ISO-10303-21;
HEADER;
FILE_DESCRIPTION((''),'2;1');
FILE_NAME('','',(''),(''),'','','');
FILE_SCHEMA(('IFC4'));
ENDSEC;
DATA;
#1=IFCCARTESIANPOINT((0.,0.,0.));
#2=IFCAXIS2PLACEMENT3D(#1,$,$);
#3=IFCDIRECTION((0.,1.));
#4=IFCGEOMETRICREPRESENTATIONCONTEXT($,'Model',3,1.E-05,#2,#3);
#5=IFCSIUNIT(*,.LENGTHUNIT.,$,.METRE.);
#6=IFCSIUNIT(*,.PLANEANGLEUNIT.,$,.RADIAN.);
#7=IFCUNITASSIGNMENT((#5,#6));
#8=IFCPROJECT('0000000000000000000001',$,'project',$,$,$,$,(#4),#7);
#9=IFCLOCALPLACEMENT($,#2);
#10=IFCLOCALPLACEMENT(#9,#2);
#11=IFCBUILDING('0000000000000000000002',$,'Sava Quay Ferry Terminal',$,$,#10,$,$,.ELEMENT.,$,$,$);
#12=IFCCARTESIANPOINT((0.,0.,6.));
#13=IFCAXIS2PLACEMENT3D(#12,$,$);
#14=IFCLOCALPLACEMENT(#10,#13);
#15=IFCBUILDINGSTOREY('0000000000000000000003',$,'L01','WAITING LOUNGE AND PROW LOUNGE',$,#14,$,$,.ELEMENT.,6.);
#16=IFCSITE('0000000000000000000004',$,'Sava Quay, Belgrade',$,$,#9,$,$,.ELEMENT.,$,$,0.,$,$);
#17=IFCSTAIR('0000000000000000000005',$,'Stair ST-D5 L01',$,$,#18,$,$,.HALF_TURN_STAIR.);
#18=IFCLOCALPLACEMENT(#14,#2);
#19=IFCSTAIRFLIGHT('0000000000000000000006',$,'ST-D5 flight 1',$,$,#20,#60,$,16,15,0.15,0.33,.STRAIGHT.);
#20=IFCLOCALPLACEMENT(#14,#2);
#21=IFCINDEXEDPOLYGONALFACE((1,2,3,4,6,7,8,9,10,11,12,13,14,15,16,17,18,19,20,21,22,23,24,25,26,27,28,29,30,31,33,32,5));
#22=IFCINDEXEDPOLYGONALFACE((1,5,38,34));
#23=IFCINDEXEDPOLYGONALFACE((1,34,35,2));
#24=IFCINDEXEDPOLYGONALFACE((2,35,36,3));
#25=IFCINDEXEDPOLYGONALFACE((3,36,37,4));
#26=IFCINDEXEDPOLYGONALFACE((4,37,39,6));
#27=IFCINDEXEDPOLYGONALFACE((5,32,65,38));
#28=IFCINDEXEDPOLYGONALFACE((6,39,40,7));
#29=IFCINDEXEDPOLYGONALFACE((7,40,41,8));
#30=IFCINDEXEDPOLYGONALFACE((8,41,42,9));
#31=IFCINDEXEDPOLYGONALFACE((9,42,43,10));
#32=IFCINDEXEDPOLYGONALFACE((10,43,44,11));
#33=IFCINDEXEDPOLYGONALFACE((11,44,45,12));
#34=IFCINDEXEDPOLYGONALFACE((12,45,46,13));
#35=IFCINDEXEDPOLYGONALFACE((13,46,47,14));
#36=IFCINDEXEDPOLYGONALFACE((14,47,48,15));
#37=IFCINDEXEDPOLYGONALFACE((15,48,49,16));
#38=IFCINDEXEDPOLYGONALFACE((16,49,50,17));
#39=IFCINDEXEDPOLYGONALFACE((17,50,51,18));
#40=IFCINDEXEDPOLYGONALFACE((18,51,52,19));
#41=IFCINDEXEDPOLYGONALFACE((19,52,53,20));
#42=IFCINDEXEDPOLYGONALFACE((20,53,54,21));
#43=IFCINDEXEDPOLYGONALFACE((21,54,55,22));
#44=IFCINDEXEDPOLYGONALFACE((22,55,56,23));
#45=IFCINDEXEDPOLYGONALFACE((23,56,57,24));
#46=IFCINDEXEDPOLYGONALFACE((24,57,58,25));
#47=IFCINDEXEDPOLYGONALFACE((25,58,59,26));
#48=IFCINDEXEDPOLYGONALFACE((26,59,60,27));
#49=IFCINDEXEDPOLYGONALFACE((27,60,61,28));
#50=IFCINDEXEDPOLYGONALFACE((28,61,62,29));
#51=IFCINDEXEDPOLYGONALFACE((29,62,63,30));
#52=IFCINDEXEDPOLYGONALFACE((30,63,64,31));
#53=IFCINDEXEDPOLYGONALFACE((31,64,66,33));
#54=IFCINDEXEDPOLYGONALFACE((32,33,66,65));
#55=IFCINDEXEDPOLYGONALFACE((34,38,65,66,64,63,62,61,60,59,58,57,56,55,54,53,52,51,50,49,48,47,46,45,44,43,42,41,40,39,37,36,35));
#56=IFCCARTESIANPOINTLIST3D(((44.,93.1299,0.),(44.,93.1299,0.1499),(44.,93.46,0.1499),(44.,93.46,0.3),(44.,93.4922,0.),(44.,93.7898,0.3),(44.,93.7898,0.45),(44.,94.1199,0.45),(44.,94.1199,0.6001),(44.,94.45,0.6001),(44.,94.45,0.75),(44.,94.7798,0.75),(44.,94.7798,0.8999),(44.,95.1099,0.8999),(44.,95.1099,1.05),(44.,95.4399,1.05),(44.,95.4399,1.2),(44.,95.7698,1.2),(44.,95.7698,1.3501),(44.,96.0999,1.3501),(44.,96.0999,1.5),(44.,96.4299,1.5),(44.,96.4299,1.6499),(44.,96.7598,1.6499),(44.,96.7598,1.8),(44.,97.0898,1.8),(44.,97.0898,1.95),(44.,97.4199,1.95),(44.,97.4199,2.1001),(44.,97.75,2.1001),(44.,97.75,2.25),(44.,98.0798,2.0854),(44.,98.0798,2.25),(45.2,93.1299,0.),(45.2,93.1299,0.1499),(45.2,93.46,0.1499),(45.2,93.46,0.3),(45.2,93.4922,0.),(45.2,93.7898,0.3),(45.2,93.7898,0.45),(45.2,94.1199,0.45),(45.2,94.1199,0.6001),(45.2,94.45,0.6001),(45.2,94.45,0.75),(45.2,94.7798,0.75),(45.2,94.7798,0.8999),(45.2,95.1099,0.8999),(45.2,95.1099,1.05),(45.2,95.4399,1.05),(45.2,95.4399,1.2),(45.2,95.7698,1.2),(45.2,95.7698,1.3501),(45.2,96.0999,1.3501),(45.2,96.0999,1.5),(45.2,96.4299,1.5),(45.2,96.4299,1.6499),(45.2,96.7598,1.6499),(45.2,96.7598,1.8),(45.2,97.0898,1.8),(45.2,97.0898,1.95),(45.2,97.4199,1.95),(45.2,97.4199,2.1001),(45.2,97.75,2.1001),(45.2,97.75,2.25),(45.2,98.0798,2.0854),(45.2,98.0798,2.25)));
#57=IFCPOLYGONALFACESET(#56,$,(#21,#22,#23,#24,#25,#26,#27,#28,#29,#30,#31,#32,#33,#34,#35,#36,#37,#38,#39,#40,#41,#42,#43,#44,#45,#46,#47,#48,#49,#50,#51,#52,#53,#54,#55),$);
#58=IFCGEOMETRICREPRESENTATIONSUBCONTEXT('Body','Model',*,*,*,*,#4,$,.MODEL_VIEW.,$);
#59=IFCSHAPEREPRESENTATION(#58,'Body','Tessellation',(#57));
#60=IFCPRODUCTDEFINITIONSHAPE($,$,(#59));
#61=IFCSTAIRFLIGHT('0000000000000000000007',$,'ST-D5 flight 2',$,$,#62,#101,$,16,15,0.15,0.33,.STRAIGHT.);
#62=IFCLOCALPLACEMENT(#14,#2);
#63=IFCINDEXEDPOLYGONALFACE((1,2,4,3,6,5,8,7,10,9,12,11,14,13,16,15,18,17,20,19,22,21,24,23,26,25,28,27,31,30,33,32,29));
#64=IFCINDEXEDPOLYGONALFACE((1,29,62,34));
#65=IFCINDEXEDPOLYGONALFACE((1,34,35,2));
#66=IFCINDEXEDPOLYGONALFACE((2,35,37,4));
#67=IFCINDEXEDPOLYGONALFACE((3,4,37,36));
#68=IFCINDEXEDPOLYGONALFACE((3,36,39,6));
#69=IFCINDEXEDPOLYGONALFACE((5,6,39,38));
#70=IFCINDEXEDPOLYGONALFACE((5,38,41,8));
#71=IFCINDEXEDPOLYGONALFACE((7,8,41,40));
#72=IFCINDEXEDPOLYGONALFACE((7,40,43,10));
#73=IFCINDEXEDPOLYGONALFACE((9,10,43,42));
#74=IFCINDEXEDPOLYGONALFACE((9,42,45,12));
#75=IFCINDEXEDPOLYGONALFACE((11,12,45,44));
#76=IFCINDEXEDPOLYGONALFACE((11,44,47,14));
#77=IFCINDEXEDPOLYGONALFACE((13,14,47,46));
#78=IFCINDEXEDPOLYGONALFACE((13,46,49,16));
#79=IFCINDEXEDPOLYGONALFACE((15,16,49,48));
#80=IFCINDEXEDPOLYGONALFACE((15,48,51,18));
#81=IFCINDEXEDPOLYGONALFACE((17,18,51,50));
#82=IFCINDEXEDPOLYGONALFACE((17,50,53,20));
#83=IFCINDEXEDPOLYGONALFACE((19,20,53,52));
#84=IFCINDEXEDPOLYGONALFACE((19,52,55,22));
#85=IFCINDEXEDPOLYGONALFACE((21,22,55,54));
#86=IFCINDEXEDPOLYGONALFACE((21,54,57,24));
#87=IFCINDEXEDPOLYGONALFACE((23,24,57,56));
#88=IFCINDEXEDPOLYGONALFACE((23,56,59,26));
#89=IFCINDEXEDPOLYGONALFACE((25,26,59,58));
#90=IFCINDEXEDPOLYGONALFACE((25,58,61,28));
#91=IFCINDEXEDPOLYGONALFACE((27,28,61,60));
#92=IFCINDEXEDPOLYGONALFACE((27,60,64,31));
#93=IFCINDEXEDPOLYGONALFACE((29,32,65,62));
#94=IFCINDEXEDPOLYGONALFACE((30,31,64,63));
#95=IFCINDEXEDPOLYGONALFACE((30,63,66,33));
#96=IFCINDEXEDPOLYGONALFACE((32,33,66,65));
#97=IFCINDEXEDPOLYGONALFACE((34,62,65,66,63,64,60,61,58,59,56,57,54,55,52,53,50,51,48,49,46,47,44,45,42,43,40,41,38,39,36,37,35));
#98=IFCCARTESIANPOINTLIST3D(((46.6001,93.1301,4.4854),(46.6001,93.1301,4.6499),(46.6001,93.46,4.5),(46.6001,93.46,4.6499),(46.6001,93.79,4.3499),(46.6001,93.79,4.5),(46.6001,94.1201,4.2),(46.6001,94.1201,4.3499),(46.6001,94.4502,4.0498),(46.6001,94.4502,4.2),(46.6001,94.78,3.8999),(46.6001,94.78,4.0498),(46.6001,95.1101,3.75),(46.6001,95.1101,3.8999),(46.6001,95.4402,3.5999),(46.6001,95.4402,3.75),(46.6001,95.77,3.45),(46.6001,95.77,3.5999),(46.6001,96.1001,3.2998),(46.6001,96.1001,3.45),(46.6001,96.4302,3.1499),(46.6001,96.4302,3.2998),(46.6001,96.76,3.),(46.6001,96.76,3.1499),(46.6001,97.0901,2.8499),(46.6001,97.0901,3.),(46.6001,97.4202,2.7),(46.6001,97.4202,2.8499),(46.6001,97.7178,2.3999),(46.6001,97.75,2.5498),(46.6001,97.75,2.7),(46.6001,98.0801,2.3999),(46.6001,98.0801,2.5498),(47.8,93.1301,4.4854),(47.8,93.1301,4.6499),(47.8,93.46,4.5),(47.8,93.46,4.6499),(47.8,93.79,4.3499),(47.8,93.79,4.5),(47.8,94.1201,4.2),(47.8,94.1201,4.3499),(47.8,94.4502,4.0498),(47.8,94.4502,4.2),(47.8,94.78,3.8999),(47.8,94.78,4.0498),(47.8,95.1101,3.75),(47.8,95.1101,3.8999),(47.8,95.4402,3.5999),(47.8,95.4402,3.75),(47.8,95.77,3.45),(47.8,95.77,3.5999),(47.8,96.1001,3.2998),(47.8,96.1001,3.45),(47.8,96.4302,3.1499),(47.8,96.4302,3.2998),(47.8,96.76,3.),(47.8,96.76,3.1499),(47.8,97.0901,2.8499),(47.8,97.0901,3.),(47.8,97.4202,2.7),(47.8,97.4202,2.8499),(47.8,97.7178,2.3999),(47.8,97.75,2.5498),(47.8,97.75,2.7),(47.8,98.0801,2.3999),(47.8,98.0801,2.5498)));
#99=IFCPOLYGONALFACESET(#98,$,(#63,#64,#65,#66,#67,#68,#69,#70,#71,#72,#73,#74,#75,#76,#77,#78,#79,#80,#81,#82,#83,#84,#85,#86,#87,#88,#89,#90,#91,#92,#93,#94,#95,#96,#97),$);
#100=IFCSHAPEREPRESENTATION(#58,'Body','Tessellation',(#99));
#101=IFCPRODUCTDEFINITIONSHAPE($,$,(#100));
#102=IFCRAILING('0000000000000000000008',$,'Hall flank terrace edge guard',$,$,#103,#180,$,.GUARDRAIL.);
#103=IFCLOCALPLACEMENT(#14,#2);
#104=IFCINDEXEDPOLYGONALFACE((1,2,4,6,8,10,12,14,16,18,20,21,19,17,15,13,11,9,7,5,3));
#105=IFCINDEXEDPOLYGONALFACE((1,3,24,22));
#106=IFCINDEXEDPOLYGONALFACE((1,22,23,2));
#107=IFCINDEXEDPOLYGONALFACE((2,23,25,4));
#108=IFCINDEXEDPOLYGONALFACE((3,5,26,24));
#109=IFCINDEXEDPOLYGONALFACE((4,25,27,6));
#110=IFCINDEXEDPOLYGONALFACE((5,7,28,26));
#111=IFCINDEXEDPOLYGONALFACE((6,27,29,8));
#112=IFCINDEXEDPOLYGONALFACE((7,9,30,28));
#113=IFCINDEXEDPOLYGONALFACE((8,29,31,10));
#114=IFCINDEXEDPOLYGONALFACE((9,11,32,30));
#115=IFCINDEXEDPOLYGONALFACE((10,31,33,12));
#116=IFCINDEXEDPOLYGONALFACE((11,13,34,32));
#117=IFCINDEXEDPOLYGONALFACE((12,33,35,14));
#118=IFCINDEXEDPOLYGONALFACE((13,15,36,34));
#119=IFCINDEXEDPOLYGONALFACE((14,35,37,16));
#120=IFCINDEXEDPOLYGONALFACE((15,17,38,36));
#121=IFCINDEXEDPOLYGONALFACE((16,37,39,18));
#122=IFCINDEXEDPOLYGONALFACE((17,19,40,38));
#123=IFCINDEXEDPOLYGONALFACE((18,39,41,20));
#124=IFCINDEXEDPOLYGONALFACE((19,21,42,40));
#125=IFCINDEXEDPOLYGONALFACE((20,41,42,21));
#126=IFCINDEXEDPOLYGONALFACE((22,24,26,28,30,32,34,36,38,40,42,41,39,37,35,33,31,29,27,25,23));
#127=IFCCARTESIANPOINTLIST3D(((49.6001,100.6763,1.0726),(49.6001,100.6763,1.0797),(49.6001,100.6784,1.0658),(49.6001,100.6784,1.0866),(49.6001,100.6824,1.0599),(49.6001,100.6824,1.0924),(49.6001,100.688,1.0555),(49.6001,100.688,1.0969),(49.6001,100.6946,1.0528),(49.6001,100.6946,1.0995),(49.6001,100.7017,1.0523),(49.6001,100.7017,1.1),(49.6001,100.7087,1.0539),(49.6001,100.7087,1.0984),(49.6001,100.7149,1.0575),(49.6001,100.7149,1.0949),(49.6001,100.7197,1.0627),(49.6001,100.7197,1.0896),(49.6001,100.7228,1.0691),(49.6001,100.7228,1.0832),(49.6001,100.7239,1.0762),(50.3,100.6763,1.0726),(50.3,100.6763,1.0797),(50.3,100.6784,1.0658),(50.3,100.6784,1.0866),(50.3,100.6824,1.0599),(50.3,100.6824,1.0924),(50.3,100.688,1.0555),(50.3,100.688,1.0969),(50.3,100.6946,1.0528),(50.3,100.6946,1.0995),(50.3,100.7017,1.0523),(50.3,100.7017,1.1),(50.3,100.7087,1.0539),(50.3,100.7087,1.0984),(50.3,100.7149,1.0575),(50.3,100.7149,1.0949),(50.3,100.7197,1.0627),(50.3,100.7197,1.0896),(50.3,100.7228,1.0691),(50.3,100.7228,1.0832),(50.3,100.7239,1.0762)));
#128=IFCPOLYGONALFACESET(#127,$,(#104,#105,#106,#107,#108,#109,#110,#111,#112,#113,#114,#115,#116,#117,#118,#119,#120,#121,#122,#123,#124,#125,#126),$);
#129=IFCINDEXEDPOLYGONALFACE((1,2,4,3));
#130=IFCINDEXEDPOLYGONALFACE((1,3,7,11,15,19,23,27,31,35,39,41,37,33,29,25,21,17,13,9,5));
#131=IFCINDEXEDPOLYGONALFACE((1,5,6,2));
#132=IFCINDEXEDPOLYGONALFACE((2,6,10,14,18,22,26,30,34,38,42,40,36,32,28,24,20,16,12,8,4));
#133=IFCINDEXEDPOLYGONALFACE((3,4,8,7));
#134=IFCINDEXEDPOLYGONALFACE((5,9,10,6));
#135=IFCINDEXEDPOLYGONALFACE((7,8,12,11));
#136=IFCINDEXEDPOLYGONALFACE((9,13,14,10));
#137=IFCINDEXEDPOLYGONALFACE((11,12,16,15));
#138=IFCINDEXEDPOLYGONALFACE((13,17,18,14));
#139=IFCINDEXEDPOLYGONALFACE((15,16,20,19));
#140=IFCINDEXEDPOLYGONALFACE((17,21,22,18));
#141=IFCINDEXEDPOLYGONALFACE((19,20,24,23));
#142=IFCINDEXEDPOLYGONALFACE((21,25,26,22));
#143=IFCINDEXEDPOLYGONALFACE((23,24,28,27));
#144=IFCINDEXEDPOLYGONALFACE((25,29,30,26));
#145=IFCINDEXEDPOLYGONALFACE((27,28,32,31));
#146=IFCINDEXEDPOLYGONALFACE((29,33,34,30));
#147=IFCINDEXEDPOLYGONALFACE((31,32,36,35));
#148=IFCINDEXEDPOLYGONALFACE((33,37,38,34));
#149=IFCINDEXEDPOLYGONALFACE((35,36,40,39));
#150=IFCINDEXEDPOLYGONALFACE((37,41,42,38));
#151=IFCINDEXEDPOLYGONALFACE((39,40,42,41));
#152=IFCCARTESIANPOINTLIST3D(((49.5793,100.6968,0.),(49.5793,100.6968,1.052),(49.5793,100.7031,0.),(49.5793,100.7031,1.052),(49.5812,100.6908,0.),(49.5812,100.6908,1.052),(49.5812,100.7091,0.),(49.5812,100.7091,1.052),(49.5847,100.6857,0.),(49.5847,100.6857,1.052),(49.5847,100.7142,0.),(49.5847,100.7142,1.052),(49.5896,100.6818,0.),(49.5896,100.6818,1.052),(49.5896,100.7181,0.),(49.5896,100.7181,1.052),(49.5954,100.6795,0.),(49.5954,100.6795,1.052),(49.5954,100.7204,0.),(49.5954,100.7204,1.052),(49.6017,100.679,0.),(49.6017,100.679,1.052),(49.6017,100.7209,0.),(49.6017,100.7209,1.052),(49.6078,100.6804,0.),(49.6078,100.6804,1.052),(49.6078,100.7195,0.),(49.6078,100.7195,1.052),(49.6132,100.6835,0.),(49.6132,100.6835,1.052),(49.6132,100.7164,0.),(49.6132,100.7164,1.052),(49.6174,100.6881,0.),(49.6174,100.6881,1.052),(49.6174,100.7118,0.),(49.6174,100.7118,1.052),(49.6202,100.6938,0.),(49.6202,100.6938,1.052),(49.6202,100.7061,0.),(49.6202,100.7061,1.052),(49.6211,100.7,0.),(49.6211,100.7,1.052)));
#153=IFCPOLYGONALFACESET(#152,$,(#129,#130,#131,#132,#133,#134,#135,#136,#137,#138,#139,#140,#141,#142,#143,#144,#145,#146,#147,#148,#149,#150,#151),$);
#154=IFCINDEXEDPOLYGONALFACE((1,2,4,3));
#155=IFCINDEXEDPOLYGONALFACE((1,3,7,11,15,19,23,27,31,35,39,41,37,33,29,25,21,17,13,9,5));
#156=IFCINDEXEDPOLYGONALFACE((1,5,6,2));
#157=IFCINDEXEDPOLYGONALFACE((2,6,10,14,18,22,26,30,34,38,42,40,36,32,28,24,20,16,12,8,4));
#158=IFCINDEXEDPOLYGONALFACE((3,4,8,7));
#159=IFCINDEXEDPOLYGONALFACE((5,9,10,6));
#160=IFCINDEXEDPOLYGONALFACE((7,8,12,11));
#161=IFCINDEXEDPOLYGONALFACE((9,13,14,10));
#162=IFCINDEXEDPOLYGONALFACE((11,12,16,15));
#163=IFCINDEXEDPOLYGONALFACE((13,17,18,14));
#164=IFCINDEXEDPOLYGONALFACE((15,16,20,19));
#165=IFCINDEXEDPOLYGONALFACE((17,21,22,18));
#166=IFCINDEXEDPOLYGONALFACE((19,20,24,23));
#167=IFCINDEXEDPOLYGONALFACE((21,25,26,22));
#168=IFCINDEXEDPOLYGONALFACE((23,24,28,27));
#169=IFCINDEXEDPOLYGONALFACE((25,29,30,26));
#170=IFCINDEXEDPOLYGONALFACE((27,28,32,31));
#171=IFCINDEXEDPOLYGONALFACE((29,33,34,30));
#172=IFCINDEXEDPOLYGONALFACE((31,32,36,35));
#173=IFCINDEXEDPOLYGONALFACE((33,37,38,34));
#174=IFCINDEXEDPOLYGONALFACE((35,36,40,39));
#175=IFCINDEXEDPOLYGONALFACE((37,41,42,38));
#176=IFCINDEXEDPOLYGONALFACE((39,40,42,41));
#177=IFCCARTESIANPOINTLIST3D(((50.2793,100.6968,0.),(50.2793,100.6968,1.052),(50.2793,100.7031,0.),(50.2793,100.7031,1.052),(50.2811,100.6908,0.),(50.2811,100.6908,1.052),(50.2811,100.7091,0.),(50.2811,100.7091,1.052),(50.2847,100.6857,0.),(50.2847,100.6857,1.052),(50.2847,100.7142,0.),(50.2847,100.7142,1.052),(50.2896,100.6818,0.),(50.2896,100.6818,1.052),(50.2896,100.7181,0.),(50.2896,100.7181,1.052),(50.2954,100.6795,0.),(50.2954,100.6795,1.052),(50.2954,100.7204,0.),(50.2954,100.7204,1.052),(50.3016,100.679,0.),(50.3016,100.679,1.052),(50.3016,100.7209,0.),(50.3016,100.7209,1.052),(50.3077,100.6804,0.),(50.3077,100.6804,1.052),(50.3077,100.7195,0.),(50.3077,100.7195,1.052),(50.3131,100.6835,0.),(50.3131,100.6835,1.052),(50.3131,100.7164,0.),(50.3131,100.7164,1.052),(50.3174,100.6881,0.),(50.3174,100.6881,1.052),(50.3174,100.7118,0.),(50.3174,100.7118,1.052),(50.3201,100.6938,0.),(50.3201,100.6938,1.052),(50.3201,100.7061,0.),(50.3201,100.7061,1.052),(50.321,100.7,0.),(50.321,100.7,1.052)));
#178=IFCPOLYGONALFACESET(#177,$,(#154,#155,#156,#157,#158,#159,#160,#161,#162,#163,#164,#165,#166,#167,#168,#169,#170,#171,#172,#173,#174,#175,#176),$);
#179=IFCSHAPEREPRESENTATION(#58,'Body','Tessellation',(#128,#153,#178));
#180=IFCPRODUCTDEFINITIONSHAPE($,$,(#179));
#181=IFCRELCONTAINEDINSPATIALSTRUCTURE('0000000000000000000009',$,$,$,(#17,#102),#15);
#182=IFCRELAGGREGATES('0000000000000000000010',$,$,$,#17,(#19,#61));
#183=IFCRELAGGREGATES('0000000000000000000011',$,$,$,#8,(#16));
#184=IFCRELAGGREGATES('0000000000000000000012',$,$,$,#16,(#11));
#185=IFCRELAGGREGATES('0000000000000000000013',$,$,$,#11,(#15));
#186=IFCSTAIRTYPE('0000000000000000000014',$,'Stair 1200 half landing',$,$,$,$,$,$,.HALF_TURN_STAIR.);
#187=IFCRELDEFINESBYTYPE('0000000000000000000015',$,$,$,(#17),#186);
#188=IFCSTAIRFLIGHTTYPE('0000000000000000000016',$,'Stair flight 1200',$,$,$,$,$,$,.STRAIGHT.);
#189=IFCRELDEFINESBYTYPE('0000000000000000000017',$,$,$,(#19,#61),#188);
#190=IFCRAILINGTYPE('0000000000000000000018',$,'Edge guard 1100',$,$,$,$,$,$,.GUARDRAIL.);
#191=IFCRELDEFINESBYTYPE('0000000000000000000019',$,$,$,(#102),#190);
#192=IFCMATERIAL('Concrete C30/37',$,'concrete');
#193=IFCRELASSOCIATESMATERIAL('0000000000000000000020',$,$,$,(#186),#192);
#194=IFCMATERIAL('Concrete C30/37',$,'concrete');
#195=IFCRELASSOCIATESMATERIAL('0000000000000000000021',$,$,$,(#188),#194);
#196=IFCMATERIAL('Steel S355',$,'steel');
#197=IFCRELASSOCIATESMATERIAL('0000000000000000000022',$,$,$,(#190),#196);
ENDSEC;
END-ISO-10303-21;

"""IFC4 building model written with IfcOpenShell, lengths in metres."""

from ifc_helpers import new_model, si_unit, direction, frame, origin, origin_2d, place, context, subcontext, project, spatial, polyline, circle, outline, extrude, material, type_object, element, aggregate, save


model = new_model("IFC4")

# Units and contexts
model_context = context("Model", 3, precision=1e-05, world=origin(), true_north=direction((0.0, 1.0)))
body_context = subcontext(model_context, "Body", "Model", "MODEL_VIEW")
ifc_project = project(units=[si_unit("LENGTHUNIT", "METRE"), si_unit("PLANEANGLEUNIT", "RADIAN")], contexts=[model_context])

# Site, building, storey
site_placement = place(None, origin())
site = spatial("IfcSite", under=ifc_project, at=site_placement, Name="Sava Quay, Belgrade", CompositionType="ELEMENT", RefElevation=0.0)
building_placement = place(site_placement, origin())
building = spatial("IfcBuilding", under=site, at=building_placement, Name="Sava Quay Ferry Terminal", CompositionType="ELEMENT")
storey_placement = place(building_placement, frame((0.0, 0.0, 6.0)))
storey = spatial("IfcBuildingStorey", under=building, at=storey_placement, Name="L01", Description="WAITING LOUNGE AND PROW LOUNGE", CompositionType="ELEMENT", Elevation=6.0)

# Stair, stair flights
ifc_material_1 = material(Name="Concrete C30/37", Category="concrete")
stair_type = type_object("IfcStairType", Name="Stair 1200 half landing", PredefinedType="HALF_TURN_STAIR", material=ifc_material_1)
stair_placement = place(storey_placement, origin())
stair = element("IfcStair", 1, at=stair_placement, inside=storey, type_object=stair_type, Name="Stair ST-D5 L01", PredefinedType="HALF_TURN_STAIR")
ifc_material_2 = material(Name="Concrete C30/37", Category="concrete")
stair_flight_type = type_object("IfcStairFlightType", Name="Stair flight 1200", PredefinedType="STRAIGHT", material=ifc_material_2)
stair_flight_1_placement = place(storey_placement, frame((44.6001, 93.1299, 0.0), z_axis=(0.0, 0.0, 1.0), x_axis=(0.0, 1.0, 0.0)))
stair_flight_1 = element("IfcStairFlight", 2, at=stair_flight_1_placement, type_object=stair_flight_type, Name="ST-D5 flight 1", NumberOfRisers=16, NumberOfTreads=15, PredefinedType="STRAIGHT", RiserHeight=0.15, TreadLength=0.33, context=body_context, shape_type="SweptSolid", body=[
    extrude(outline(polyline([(0.0, 0.0), (0.0, 0.1499), (0.3301, 0.1499), (0.3301, 0.3), (0.6599, 0.3), (0.6599, 0.45), (0.99, 0.45), (0.99, 0.6001), (1.3201, 0.6001), (1.3201, 0.75), (1.6499, 0.75), (1.6499, 0.8999), (1.98, 0.8999), (1.98, 1.05), (2.3101, 1.05), (2.3101, 1.2), (2.6399, 1.2), (2.6399, 1.3501), (2.97, 1.3501), (2.97, 1.5), (3.3, 1.5), (3.3, 1.6499), (3.6299, 1.6499), (3.6299, 1.8), (3.96, 1.8), (3.96, 1.95), (4.29, 1.95), (4.29, 2.1001), (4.6201, 2.1001), (4.6201, 2.25), (4.95, 2.25), (4.95, 2.3999), (4.95, 2.0854), (0.3623, 0.0), (0.0, 0.0)])), frame((0.0, 0.6001, 0.0), z_axis=(0.0, -1.0, 0.0), x_axis=(1.0, 0.0, 0.0)), (0.0, 0.0, 1.0), 1.2),
])
stair_flight_2_placement = place(storey_placement, frame((47.2, 98.0801, 2.3999), z_axis=(0.0, 0.0, 1.0), x_axis=(0.0, -1.0, 0.0)))
stair_flight_2 = element("IfcStairFlight", 3, at=stair_flight_2_placement, type_object=stair_flight_type, Name="ST-D5 flight 2", NumberOfRisers=16, NumberOfTreads=15, PredefinedType="STRAIGHT", RiserHeight=0.15, TreadLength=0.33, context=body_context, shape_type="SweptSolid", body=[
    extrude(outline(polyline([(0.0, 0.0), (0.0, 0.1499), (0.3301, 0.1499), (0.3301, 0.3), (0.6599, 0.3), (0.6599, 0.45), (0.99, 0.45), (0.99, 0.6001), (1.3201, 0.6001), (1.3201, 0.75), (1.6499, 0.75), (1.6499, 0.8999), (1.98, 0.8999), (1.98, 1.05), (2.3101, 1.05), (2.3101, 1.2), (2.6399, 1.2), (2.6399, 1.3501), (2.97, 1.3501), (2.97, 1.5), (3.3, 1.5), (3.3, 1.6499), (3.6299, 1.6499), (3.6299, 1.8), (3.96, 1.8), (3.96, 1.95), (4.29, 1.95), (4.29, 2.1001), (4.6201, 2.1001), (4.6201, 2.25), (4.95, 2.25), (4.95, 2.3999), (4.95, 2.0854), (0.3623, 0.0), (0.0, 0.0)])), frame((0.0, 0.6001, 0.0), z_axis=(0.0, -1.0, 0.0), x_axis=(1.0, 0.0, 0.0)), (0.0, 0.0, 1.0), 1.2),
])
aggregate(stair, [stair_flight_1, stair_flight_2])

# Railing
ifc_material_3 = material(Name="Steel S355", Category="steel")
railing_type_1 = type_object("IfcRailingType", Name="Edge guard 1100", PredefinedType="GUARDRAIL", material=ifc_material_3)
railing_1_placement = place(storey_placement, frame((49.6001, 100.7, 0.0)))
element("IfcRailing", 4, at=railing_1_placement, inside=storey, type_object=railing_type_1, Name="Hall flank terrace edge guard", PredefinedType="GUARDRAIL", context=body_context, shape_type="SweptSolid", body=[
    extrude(circle(Radius=0.0239, at=origin_2d()), frame((0.0, 0.0, 1.0762), z_axis=(1.0, 0.0, 0.0), x_axis=(0.0, 1.0, 0.0)), (0.0, 0.0, 1.0), 0.7),
    extrude(circle(Radius=0.021, at=origin_2d()), origin(), (0.0, 0.0, 1.0), 1.052),
    extrude(circle(Radius=0.021, at=origin_2d()), frame((0.7, 0.0, 0.0)), (0.0, 0.0, 1.0), 1.052),
])

save(model, "model.ifc")
